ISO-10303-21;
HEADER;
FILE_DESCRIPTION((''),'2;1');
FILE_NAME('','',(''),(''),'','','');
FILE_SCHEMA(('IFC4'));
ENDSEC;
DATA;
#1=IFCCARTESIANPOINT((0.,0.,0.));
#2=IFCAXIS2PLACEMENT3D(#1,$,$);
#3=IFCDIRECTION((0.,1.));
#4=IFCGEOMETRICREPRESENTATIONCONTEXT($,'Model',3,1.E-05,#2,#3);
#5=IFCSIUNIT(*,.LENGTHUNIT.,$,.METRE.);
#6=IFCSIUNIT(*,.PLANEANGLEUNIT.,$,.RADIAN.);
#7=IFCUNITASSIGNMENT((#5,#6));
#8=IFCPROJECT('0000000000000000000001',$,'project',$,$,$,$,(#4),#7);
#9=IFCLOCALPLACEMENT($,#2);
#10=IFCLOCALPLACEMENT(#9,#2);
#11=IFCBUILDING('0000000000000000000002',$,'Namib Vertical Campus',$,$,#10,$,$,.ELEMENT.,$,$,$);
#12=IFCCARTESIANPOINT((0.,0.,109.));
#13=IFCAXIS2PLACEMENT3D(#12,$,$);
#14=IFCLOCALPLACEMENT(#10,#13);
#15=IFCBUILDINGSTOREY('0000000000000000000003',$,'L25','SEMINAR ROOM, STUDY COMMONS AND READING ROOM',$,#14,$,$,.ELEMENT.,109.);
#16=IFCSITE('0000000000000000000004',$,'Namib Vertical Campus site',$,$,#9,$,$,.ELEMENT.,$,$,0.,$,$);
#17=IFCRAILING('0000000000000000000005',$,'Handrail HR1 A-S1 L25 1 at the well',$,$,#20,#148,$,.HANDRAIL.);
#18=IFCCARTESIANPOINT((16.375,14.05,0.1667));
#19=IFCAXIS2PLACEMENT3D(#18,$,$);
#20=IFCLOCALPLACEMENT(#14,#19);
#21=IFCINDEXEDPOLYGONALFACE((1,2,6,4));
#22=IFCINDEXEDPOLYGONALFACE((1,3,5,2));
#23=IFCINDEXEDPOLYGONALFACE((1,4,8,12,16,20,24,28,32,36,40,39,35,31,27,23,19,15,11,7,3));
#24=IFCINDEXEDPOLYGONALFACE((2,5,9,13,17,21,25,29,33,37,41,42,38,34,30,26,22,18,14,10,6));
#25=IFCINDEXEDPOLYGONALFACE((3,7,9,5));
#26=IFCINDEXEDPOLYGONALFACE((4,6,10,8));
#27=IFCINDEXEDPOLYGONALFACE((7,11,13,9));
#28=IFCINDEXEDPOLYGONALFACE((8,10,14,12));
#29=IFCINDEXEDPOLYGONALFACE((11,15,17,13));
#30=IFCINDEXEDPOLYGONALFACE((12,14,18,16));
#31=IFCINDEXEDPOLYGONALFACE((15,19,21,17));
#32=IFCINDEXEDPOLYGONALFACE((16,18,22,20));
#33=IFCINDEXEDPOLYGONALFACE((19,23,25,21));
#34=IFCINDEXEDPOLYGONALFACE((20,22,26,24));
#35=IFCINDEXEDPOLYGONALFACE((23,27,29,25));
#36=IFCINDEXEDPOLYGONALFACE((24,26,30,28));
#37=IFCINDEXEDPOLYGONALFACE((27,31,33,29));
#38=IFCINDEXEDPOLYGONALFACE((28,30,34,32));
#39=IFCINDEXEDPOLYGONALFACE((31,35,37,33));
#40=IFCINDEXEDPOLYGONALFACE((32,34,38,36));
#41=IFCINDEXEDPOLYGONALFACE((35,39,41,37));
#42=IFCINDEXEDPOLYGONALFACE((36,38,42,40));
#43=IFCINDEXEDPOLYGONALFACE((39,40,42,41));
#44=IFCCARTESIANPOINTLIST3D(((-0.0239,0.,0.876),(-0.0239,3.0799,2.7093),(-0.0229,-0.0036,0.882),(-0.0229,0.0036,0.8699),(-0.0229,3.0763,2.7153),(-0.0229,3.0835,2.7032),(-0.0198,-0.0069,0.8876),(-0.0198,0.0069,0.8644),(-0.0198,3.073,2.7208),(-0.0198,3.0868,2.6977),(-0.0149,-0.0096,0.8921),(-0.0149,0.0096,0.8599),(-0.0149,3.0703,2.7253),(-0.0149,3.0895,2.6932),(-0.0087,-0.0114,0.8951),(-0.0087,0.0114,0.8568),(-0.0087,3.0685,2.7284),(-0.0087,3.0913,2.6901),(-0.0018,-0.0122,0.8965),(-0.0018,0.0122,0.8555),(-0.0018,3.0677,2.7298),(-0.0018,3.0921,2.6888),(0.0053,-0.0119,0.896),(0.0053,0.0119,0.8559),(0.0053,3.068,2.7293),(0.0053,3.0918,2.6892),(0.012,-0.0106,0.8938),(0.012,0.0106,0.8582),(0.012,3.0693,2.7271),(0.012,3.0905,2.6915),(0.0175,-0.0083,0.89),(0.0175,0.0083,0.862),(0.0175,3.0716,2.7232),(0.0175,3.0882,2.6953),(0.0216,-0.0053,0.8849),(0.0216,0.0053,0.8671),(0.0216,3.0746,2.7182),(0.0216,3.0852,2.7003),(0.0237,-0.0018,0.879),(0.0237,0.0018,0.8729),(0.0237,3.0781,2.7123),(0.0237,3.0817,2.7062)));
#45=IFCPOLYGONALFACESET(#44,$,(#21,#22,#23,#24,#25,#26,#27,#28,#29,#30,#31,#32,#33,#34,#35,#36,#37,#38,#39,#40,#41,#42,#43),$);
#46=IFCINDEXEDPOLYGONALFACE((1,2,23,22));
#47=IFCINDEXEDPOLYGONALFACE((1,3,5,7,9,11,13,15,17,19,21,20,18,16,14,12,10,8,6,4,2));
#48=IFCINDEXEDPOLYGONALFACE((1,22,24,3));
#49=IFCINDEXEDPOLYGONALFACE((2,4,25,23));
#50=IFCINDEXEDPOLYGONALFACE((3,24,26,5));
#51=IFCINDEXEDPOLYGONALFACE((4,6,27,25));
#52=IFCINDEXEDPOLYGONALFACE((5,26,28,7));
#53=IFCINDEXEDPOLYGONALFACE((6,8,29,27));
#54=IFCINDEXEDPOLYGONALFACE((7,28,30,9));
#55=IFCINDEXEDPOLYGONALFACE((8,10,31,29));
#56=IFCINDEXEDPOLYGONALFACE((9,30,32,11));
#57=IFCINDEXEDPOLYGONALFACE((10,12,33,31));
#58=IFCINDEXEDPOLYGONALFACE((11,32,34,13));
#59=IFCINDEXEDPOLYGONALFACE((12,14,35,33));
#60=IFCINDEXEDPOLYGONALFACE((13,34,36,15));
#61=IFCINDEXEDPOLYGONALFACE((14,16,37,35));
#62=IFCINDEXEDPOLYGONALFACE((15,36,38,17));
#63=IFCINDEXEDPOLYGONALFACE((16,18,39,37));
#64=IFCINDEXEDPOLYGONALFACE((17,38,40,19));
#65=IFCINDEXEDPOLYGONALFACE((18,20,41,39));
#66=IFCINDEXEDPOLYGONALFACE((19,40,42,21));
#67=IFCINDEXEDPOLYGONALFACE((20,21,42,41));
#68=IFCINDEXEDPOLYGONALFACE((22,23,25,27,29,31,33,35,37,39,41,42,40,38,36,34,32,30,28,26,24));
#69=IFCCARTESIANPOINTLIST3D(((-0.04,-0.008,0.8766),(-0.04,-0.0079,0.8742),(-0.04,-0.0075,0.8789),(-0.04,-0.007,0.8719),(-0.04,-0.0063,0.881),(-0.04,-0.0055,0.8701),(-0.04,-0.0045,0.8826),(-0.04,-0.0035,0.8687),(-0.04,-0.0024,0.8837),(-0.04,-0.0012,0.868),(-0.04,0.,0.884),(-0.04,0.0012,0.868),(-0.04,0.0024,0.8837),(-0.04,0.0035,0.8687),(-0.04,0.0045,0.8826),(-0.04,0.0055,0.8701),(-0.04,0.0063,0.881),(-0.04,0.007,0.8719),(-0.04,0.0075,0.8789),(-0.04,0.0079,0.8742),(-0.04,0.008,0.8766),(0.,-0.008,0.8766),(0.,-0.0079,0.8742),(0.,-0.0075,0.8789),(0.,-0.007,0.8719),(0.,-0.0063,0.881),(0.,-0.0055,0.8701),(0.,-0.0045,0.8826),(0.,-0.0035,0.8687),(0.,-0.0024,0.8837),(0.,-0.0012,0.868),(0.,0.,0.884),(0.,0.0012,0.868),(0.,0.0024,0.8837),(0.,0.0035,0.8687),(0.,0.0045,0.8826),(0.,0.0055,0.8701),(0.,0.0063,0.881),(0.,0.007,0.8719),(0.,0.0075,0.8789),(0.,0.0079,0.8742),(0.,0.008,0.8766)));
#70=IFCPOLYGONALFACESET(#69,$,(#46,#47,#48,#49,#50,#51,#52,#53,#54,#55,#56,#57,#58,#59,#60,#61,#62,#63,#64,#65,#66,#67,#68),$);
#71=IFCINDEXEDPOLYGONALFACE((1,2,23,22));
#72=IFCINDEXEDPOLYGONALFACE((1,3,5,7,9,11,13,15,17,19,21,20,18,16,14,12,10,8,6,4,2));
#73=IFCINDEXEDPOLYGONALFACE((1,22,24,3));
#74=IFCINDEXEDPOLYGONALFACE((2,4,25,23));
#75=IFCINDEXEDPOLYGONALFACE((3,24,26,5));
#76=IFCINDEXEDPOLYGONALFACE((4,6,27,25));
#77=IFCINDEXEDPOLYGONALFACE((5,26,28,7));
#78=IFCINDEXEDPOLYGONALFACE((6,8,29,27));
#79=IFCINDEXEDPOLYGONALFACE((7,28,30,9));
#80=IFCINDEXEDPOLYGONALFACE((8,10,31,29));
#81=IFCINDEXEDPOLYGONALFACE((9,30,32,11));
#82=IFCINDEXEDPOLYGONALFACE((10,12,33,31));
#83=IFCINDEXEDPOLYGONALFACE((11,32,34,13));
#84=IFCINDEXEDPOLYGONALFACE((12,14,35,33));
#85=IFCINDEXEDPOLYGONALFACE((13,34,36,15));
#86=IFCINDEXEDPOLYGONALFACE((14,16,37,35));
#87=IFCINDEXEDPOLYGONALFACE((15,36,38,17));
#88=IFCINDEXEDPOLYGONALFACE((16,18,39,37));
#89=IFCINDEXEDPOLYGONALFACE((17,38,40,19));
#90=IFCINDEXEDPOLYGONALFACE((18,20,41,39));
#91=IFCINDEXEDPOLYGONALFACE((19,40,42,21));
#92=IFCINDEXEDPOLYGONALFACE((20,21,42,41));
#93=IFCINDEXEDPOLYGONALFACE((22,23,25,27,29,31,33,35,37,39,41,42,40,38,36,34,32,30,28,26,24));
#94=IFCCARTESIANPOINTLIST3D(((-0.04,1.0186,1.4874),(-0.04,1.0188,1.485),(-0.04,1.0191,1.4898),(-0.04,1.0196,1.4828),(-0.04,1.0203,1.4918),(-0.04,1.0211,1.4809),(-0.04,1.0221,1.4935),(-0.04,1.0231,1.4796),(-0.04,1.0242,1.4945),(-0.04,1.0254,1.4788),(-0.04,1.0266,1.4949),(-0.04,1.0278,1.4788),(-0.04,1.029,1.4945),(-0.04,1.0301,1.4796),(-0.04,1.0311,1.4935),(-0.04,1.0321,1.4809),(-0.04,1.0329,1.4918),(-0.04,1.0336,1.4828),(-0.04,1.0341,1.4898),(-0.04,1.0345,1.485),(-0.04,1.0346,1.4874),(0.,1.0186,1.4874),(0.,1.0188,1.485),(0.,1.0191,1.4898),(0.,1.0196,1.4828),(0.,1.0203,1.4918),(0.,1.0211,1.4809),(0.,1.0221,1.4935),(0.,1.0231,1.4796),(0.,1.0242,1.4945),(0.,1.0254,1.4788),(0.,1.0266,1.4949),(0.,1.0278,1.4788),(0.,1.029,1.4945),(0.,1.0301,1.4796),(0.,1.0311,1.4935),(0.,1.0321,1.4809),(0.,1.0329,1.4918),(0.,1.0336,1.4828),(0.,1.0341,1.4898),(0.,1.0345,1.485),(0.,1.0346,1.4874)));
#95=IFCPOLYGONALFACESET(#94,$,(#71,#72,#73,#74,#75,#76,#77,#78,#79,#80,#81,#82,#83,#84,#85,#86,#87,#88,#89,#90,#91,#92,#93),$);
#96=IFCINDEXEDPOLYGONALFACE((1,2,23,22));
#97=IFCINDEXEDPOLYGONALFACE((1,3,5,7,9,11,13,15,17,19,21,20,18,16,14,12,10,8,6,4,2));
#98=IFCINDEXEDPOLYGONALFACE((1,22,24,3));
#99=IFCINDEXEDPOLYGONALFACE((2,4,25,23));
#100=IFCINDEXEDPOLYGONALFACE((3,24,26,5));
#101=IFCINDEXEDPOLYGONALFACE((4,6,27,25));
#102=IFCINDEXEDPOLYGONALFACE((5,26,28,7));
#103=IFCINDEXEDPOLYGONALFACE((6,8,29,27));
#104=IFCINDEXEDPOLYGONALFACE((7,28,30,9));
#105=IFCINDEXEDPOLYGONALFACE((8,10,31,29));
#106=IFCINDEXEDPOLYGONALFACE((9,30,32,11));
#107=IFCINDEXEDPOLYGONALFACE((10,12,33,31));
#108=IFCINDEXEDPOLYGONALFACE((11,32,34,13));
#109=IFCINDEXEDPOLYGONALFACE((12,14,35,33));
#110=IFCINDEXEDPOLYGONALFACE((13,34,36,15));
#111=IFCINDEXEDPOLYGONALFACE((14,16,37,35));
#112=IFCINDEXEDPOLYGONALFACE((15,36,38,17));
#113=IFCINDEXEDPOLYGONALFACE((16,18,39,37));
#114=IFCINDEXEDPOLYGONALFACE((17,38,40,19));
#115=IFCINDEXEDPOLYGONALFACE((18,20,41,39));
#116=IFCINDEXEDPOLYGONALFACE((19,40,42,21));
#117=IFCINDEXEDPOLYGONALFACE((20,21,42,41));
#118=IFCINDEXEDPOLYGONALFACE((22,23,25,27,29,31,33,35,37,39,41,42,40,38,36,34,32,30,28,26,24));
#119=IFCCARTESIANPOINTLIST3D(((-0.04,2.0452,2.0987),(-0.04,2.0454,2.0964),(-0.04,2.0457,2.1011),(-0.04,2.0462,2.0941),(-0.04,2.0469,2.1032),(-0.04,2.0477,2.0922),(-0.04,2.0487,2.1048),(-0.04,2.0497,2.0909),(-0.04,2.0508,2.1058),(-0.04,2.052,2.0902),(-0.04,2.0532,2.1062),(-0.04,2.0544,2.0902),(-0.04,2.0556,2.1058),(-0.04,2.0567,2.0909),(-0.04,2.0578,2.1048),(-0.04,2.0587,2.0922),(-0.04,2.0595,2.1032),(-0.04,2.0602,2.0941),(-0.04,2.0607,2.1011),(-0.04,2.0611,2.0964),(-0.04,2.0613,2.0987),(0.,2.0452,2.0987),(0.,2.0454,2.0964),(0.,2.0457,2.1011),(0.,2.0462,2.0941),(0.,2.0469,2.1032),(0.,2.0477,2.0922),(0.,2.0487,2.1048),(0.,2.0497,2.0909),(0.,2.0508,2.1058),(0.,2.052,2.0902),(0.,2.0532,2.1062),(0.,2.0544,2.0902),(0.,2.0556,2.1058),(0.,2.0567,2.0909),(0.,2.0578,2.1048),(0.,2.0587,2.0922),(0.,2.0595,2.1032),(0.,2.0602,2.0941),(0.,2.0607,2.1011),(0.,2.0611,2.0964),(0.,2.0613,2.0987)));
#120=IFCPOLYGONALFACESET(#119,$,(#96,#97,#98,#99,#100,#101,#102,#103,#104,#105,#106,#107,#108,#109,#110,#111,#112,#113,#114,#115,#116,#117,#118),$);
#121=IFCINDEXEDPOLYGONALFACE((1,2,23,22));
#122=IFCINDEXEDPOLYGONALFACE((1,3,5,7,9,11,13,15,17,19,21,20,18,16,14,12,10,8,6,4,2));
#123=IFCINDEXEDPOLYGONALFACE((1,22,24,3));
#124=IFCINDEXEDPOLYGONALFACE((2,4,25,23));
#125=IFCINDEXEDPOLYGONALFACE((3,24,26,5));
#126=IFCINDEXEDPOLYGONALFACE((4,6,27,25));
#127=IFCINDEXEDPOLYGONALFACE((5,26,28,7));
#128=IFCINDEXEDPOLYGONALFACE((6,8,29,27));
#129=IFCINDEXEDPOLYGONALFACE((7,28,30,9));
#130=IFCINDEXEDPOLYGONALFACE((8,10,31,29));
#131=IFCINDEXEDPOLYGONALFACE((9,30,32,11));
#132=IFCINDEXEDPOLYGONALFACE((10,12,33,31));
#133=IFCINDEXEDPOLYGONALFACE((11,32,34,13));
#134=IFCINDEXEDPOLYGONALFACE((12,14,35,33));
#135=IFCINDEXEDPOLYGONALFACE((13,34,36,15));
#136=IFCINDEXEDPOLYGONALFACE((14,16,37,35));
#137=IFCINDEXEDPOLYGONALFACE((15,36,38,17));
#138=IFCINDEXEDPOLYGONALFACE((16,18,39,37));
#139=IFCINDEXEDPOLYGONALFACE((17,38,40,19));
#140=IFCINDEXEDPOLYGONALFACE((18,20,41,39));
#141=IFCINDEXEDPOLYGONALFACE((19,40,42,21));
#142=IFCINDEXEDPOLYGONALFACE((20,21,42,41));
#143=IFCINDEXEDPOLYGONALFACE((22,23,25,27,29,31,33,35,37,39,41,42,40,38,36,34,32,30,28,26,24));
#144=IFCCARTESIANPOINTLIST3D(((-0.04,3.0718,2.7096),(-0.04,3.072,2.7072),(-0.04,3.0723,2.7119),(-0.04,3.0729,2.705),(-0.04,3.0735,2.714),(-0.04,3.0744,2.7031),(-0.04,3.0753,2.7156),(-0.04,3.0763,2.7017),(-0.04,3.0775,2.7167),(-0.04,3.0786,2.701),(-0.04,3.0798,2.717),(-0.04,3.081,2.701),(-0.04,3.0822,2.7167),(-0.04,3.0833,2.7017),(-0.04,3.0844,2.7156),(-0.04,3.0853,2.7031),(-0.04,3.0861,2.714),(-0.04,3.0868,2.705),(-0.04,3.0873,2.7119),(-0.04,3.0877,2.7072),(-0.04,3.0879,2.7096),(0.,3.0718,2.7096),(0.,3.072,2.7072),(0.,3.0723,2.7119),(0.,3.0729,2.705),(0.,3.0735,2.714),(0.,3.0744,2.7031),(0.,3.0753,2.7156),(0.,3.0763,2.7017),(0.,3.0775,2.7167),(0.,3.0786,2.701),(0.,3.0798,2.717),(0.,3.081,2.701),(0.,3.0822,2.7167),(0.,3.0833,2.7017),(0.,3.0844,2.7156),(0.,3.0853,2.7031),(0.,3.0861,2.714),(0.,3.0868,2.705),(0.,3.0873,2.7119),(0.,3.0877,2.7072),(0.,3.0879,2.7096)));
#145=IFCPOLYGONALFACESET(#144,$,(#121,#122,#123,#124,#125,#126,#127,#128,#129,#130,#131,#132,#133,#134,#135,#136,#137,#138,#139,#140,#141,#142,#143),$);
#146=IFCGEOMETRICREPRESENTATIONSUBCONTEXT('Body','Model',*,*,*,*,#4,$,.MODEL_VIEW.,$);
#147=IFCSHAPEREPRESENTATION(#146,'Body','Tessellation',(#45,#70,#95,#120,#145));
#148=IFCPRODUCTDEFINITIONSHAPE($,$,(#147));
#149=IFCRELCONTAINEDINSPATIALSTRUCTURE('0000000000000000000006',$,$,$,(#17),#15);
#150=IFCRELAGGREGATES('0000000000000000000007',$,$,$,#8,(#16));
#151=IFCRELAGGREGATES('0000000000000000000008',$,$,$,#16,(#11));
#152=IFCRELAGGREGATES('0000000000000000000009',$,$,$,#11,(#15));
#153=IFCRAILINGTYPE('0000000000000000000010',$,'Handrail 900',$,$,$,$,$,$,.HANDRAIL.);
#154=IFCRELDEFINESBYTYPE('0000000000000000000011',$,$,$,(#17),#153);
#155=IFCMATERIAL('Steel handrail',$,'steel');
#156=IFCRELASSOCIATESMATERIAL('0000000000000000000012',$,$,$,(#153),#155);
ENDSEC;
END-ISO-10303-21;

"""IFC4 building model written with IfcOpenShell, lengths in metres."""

from ifc_helpers import new_model, si_unit, direction, frame, origin, origin_2d, place, context, subcontext, project, spatial, circle, extrude, material, type_object, element, save


model = new_model("IFC4")

# Units and contexts
model_context = context("Model", 3, precision=1e-05, world=origin(), true_north=direction((0.0, 1.0)))
body_context = subcontext(model_context, "Body", "Model", "MODEL_VIEW")
ifc_project = project(units=[si_unit("LENGTHUNIT", "METRE"), si_unit("PLANEANGLEUNIT", "RADIAN")], contexts=[model_context])

# Site, building, storey
site_placement = place(None, origin())
site = spatial("IfcSite", under=ifc_project, at=site_placement, Name="Namib Vertical Campus site", CompositionType="ELEMENT", RefElevation=0.0)
building_placement = place(site_placement, origin())
building = spatial("IfcBuilding", under=site, at=building_placement, Name="Namib Vertical Campus", CompositionType="ELEMENT")
storey_placement = place(building_placement, frame((0.0, 0.0, 109.0)))
storey = spatial("IfcBuildingStorey", under=building, at=storey_placement, Name="L25", Description="SEMINAR ROOM, STUDY COMMONS AND READING ROOM", CompositionType="ELEMENT", Elevation=109.0)

# Railing
ifc_material_1 = material(Name="Steel handrail", Category="steel")
railing_type_1 = type_object("IfcRailingType", Name="Handrail 900", PredefinedType="HANDRAIL", material=ifc_material_1)
railing_1_placement = place(storey_placement, frame((16.375, 14.05, 0.1667)))
element("IfcRailing", 1, at=railing_1_placement, inside=storey, type_object=railing_type_1, Name="Handrail HR1 A-S1 L25 1 at the well", PredefinedType="HANDRAIL", context=body_context, shape_type="SweptSolid", body=[
    extrude(circle(Radius=0.0239, at=origin_2d()), frame((0.0, 0.0, 0.876), z_axis=(0.0, 0.859291, 0.511487), x_axis=(-1.0, 0.0, 0.0)), (0.0, 0.0, 1.0), 3.5842),
    extrude(circle(Radius=0.0081, at=origin_2d()), frame((0.0, 0.0, 0.876), z_axis=(-1.0, 0.0, 0.0), x_axis=(0.0, 0.0, 1.0)), (0.0, 0.0, 1.0), 0.04),
    extrude(circle(Radius=0.0081, at=origin_2d()), frame((0.0, 1.0266, 1.4868), z_axis=(-1.0, 0.0, 0.0), x_axis=(0.0, 0.0, 1.0)), (0.0, 0.0, 1.0), 0.04),
    extrude(circle(Radius=0.0081, at=origin_2d()), frame((0.0, 2.0532, 2.0981), z_axis=(-1.0, 0.0, 0.0), x_axis=(0.0, 0.0, 1.0)), (0.0, 0.0, 1.0), 0.04),
    extrude(circle(Radius=0.0081, at=origin_2d()), frame((0.0, 3.0798, 2.709), z_axis=(-1.0, 0.0, 0.0), x_axis=(0.0, 0.0, 1.0)), (0.0, 0.0, 1.0), 0.04),
])

save(model, "model.ifc")
